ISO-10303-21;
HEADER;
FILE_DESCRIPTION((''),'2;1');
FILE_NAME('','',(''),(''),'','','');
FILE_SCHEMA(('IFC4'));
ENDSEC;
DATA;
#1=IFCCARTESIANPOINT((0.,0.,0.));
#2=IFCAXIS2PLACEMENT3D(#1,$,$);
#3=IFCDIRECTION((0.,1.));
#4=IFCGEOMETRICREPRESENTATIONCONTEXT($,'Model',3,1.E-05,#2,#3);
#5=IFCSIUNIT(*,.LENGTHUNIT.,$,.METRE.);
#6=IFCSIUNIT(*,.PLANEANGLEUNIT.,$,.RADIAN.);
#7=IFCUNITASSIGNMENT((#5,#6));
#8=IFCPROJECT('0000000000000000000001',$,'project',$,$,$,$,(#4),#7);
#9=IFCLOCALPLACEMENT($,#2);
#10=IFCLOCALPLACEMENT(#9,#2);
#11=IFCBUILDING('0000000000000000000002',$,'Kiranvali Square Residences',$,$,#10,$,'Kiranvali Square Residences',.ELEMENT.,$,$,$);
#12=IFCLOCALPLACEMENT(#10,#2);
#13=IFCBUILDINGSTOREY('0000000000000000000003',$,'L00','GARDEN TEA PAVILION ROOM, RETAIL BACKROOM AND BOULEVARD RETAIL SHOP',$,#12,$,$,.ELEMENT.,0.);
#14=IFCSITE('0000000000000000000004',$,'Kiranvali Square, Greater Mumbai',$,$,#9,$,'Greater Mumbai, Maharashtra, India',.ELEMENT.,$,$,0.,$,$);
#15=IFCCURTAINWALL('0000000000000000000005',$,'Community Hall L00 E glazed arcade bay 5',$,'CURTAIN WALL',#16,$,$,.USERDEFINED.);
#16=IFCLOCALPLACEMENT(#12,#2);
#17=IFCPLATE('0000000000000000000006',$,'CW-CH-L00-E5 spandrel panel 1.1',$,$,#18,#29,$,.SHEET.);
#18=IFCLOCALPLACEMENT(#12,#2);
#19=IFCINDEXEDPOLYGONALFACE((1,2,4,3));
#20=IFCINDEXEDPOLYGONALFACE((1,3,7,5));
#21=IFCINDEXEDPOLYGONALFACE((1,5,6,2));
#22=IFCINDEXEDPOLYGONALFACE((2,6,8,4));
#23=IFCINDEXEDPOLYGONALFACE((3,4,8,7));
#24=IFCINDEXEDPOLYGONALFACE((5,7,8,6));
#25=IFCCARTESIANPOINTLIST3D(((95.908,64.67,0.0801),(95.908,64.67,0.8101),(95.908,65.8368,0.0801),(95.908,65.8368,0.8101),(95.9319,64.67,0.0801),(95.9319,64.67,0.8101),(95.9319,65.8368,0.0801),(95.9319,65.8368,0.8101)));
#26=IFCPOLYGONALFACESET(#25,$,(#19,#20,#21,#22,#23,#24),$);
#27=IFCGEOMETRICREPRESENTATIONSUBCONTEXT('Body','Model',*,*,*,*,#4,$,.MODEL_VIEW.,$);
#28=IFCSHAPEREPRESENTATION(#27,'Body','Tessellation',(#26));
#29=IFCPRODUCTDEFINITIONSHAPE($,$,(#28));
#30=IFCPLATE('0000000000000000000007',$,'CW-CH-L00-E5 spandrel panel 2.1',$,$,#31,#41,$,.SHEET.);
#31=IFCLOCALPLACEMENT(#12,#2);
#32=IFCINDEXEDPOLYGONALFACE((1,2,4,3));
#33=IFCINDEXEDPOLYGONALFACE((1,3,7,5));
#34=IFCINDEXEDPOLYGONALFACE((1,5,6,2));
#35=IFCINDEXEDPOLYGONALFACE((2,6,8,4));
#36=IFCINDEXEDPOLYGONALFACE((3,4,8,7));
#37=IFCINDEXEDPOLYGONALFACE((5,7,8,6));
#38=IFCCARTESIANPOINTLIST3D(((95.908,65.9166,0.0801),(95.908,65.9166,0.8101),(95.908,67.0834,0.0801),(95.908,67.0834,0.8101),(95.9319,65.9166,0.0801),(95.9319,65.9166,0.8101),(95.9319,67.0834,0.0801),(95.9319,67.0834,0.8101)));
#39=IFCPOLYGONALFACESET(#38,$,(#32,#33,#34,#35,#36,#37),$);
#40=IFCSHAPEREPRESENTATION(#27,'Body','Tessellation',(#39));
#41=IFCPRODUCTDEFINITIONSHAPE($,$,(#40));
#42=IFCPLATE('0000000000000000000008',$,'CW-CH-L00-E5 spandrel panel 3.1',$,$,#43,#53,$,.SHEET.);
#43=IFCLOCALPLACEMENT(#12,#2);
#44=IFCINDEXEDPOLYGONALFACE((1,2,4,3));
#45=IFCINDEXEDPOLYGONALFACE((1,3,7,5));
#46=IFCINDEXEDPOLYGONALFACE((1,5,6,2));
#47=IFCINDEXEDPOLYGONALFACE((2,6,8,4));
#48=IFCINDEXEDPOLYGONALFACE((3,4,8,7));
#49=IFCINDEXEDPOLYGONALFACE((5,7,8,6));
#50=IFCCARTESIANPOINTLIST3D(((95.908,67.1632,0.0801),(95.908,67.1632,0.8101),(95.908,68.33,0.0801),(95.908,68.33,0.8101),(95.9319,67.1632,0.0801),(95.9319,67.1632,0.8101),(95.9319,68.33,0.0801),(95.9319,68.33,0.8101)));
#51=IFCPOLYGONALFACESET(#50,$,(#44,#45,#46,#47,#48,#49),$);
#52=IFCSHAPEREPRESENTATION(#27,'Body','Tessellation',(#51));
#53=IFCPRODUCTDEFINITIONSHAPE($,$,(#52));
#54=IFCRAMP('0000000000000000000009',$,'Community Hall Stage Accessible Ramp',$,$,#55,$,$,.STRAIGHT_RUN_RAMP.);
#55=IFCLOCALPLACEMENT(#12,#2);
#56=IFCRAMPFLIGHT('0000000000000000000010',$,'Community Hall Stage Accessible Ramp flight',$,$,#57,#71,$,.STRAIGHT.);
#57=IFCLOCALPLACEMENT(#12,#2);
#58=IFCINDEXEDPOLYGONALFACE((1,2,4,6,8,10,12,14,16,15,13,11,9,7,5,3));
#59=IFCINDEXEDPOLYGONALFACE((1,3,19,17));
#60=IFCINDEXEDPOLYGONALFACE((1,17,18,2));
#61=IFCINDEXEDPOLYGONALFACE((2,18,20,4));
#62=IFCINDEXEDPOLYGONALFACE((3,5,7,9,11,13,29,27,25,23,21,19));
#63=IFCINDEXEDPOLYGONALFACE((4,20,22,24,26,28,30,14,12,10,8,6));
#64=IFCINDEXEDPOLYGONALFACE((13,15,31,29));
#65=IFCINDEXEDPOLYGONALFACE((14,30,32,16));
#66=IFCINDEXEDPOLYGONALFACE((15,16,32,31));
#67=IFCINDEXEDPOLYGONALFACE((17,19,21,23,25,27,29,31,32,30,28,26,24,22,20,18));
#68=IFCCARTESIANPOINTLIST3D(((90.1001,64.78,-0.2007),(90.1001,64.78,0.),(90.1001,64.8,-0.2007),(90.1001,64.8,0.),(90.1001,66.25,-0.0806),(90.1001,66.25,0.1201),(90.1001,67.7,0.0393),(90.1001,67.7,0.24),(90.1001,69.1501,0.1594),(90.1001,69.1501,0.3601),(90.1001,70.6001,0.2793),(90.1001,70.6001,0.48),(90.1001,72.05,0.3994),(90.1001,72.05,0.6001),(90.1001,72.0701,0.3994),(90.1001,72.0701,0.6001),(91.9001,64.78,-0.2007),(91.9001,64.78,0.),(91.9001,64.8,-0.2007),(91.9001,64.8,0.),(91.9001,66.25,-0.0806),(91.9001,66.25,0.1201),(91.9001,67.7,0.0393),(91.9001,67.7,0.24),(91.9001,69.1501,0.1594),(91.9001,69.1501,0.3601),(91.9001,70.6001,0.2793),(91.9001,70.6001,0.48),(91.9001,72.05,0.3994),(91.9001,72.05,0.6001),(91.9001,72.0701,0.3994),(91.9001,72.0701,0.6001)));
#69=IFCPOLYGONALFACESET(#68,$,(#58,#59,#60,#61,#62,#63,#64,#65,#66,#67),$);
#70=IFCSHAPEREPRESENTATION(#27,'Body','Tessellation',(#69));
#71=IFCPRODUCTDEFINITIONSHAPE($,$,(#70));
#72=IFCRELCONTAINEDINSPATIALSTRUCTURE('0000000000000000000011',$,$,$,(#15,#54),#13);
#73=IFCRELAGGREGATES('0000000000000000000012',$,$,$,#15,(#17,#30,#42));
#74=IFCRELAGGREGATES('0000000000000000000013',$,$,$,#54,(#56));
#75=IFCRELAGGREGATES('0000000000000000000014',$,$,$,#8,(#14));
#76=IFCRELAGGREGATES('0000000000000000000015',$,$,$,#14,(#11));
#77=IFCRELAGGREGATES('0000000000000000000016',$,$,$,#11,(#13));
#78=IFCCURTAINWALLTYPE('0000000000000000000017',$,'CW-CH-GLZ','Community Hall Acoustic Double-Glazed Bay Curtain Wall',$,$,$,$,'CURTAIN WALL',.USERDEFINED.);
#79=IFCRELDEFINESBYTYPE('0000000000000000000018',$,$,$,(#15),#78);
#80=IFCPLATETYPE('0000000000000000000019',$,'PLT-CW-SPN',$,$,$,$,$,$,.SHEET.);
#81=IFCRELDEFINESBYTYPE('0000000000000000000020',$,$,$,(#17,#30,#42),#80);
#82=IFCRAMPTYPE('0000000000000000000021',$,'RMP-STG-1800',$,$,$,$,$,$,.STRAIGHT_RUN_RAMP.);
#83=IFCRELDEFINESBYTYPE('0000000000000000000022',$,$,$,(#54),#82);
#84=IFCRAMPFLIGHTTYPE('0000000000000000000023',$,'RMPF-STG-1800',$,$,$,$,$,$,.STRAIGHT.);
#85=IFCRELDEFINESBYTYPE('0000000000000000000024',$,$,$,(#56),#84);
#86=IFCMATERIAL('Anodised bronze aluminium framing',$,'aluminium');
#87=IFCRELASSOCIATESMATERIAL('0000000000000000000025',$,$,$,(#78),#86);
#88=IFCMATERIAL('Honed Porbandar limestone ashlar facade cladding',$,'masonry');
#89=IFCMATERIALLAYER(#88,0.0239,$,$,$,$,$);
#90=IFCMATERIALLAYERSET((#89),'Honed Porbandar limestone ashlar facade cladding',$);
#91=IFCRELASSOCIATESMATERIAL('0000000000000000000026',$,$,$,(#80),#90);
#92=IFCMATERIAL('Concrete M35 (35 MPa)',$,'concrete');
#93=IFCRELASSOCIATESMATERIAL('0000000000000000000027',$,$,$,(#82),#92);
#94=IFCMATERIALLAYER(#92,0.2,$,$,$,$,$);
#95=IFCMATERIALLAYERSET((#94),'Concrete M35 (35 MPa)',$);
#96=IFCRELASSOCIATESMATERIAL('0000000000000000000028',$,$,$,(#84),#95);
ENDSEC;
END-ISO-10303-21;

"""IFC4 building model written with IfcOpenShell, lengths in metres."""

from ifc_helpers import new_model, si_unit, direction, frame, origin, origin_2d, place, context, subcontext, project, spatial, polyline, rectangle, outline, extrude, material, layer, layer_set, type_object, element, aggregate, save


model = new_model("IFC4")

# Units and contexts
model_context = context("Model", 3, precision=1e-05, world=origin(), true_north=direction((0.0, 1.0)))
body_context = subcontext(model_context, "Body", "Model", "MODEL_VIEW")
ifc_project = project(units=[si_unit("LENGTHUNIT", "METRE"), si_unit("PLANEANGLEUNIT", "RADIAN")], contexts=[model_context])

# Site, building, storey
site_placement = place(None, origin())
site = spatial("IfcSite", under=ifc_project, at=site_placement, Name="Kiranvali Square, Greater Mumbai", LongName="Greater Mumbai, Maharashtra, India", CompositionType="ELEMENT", RefElevation=0.0)
building_placement = place(site_placement, origin())
building = spatial("IfcBuilding", under=site, at=building_placement, Name="Kiranvali Square Residences", LongName="Kiranvali Square Residences", CompositionType="ELEMENT")
storey_placement = place(building_placement, origin())
storey = spatial("IfcBuildingStorey", under=building, at=storey_placement, Name="L00", Description="GARDEN TEA PAVILION ROOM, RETAIL BACKROOM AND BOULEVARD RETAIL SHOP", CompositionType="ELEMENT", Elevation=0.0)

# Curtain wall
ifc_material_1 = material(Name="Anodised bronze aluminium framing", Category="aluminium")
curtain_wall_type = type_object("IfcCurtainWallType", Name="CW-CH-GLZ", Description="Community Hall Acoustic Double-Glazed Bay Curtain Wall", ElementType="CURTAIN WALL", PredefinedType="USERDEFINED", material=ifc_material_1)
curtain_wall_1_placement = place(storey_placement, origin())
curtain_wall_1 = element("IfcCurtainWall", 1, at=curtain_wall_1_placement, inside=storey, type_object=curtain_wall_type, Name="Community Hall L00 E glazed arcade bay 5", ObjectType="CURTAIN WALL", PredefinedType="USERDEFINED")

# Plates
ifc_material_2 = material(Name="Honed Porbandar limestone ashlar facade cladding", Category="masonry")
ifc_layer_1 = layer(ifc_material_2, 0.0239)
ifc_layer_set_1 = layer_set([ifc_layer_1], Name="Honed Porbandar limestone ashlar facade cladding")
plate_type_1 = type_object("IfcPlateType", Name="PLT-CW-SPN", PredefinedType="SHEET", material=ifc_layer_set_1)
plate_1_placement = place(storey_placement, frame((95.9199, 65.2534, 0.0801), z_axis=(0.0, 0.0, 1.0), x_axis=(0.0, 1.0, 0.0)))
plate_1 = element("IfcPlate", 2, at=plate_1_placement, type_object=plate_type_1, Name="CW-CH-L00-E5 spandrel panel 1.1", PredefinedType="SHEET", context=body_context, shape_type="SweptSolid", body=[
    extrude(rectangle(XDim=1.1667, YDim=0.0239, at=origin_2d()), origin(), (0.0, 0.0, 1.0), 0.73),
])
plate_2_placement = place(storey_placement, frame((95.9199, 66.5, 0.0801), z_axis=(0.0, 0.0, 1.0), x_axis=(0.0, 1.0, 0.0)))
plate_2 = element("IfcPlate", 3, at=plate_2_placement, type_object=plate_type_1, Name="CW-CH-L00-E5 spandrel panel 2.1", PredefinedType="SHEET", context=body_context, shape_type="SweptSolid", body=[
    extrude(rectangle(XDim=1.1667, YDim=0.0239, at=origin_2d()), origin(), (0.0, 0.0, 1.0), 0.73),
])
plate_3_placement = place(storey_placement, frame((95.9199, 67.7466, 0.0801), z_axis=(0.0, 0.0, 1.0), x_axis=(0.0, 1.0, 0.0)))
plate_3 = element("IfcPlate", 4, at=plate_3_placement, type_object=plate_type_1, Name="CW-CH-L00-E5 spandrel panel 3.1", PredefinedType="SHEET", context=body_context, shape_type="SweptSolid", body=[
    extrude(rectangle(XDim=1.1667, YDim=0.0239, at=origin_2d()), origin(), (0.0, 0.0, 1.0), 0.73),
])
aggregate(curtain_wall_1, [plate_1, plate_2, plate_3])

# Ramp, ramp flight
ifc_material_3 = material(Name="Concrete M35 (35 MPa)", Category="concrete")
ramp_type = type_object("IfcRampType", Name="RMP-STG-1800", PredefinedType="STRAIGHT_RUN_RAMP", material=ifc_material_3)
ramp_placement = place(storey_placement, origin())
ramp = element("IfcRamp", 5, at=ramp_placement, inside=storey, type_object=ramp_type, Name="Community Hall Stage Accessible Ramp", PredefinedType="STRAIGHT_RUN_RAMP")
ifc_layer_2 = layer(ifc_material_3, 0.2)
ifc_layer_set_2 = layer_set([ifc_layer_2], Name="Concrete M35 (35 MPa)")
ramp_flight_type = type_object("IfcRampFlightType", Name="RMPF-STG-1800", PredefinedType="STRAIGHT", material=ifc_layer_set_2)
ramp_flight_placement = place(storey_placement, frame((91.0, 64.8, 0.0), z_axis=(0.0, 0.0, 1.0), x_axis=(0.0, 1.0, 0.0)))
ramp_flight = element("IfcRampFlight", 6, at=ramp_flight_placement, type_object=ramp_flight_type, Name="Community Hall Stage Accessible Ramp flight", PredefinedType="STRAIGHT", context=body_context, shape_type="SweptSolid", body=[
    extrude(outline(polyline([(-0.02, 0.0), (0.0, 0.0), (1.45, 0.1201), (2.8999, 0.24), (4.3501, 0.3601), (5.8, 0.48), (7.25, 0.6001), (7.27, 0.6001), (7.27, 0.3994), (7.25, 0.3994), (5.8, 0.2793), (4.3501, 0.1594), (2.8999, 0.0393), (1.45, -0.0806), (0.0, -0.2007), (-0.02, -0.2007), (-0.02, 0.0)])), frame((0.0, 0.8999, 0.0), z_axis=(0.0, -1.0, 0.0), x_axis=(1.0, 0.0, 0.0)), (0.0, 0.0, 1.0), 1.8),
])
aggregate(ramp, [ramp_flight])

save(model, "model.ifc")
